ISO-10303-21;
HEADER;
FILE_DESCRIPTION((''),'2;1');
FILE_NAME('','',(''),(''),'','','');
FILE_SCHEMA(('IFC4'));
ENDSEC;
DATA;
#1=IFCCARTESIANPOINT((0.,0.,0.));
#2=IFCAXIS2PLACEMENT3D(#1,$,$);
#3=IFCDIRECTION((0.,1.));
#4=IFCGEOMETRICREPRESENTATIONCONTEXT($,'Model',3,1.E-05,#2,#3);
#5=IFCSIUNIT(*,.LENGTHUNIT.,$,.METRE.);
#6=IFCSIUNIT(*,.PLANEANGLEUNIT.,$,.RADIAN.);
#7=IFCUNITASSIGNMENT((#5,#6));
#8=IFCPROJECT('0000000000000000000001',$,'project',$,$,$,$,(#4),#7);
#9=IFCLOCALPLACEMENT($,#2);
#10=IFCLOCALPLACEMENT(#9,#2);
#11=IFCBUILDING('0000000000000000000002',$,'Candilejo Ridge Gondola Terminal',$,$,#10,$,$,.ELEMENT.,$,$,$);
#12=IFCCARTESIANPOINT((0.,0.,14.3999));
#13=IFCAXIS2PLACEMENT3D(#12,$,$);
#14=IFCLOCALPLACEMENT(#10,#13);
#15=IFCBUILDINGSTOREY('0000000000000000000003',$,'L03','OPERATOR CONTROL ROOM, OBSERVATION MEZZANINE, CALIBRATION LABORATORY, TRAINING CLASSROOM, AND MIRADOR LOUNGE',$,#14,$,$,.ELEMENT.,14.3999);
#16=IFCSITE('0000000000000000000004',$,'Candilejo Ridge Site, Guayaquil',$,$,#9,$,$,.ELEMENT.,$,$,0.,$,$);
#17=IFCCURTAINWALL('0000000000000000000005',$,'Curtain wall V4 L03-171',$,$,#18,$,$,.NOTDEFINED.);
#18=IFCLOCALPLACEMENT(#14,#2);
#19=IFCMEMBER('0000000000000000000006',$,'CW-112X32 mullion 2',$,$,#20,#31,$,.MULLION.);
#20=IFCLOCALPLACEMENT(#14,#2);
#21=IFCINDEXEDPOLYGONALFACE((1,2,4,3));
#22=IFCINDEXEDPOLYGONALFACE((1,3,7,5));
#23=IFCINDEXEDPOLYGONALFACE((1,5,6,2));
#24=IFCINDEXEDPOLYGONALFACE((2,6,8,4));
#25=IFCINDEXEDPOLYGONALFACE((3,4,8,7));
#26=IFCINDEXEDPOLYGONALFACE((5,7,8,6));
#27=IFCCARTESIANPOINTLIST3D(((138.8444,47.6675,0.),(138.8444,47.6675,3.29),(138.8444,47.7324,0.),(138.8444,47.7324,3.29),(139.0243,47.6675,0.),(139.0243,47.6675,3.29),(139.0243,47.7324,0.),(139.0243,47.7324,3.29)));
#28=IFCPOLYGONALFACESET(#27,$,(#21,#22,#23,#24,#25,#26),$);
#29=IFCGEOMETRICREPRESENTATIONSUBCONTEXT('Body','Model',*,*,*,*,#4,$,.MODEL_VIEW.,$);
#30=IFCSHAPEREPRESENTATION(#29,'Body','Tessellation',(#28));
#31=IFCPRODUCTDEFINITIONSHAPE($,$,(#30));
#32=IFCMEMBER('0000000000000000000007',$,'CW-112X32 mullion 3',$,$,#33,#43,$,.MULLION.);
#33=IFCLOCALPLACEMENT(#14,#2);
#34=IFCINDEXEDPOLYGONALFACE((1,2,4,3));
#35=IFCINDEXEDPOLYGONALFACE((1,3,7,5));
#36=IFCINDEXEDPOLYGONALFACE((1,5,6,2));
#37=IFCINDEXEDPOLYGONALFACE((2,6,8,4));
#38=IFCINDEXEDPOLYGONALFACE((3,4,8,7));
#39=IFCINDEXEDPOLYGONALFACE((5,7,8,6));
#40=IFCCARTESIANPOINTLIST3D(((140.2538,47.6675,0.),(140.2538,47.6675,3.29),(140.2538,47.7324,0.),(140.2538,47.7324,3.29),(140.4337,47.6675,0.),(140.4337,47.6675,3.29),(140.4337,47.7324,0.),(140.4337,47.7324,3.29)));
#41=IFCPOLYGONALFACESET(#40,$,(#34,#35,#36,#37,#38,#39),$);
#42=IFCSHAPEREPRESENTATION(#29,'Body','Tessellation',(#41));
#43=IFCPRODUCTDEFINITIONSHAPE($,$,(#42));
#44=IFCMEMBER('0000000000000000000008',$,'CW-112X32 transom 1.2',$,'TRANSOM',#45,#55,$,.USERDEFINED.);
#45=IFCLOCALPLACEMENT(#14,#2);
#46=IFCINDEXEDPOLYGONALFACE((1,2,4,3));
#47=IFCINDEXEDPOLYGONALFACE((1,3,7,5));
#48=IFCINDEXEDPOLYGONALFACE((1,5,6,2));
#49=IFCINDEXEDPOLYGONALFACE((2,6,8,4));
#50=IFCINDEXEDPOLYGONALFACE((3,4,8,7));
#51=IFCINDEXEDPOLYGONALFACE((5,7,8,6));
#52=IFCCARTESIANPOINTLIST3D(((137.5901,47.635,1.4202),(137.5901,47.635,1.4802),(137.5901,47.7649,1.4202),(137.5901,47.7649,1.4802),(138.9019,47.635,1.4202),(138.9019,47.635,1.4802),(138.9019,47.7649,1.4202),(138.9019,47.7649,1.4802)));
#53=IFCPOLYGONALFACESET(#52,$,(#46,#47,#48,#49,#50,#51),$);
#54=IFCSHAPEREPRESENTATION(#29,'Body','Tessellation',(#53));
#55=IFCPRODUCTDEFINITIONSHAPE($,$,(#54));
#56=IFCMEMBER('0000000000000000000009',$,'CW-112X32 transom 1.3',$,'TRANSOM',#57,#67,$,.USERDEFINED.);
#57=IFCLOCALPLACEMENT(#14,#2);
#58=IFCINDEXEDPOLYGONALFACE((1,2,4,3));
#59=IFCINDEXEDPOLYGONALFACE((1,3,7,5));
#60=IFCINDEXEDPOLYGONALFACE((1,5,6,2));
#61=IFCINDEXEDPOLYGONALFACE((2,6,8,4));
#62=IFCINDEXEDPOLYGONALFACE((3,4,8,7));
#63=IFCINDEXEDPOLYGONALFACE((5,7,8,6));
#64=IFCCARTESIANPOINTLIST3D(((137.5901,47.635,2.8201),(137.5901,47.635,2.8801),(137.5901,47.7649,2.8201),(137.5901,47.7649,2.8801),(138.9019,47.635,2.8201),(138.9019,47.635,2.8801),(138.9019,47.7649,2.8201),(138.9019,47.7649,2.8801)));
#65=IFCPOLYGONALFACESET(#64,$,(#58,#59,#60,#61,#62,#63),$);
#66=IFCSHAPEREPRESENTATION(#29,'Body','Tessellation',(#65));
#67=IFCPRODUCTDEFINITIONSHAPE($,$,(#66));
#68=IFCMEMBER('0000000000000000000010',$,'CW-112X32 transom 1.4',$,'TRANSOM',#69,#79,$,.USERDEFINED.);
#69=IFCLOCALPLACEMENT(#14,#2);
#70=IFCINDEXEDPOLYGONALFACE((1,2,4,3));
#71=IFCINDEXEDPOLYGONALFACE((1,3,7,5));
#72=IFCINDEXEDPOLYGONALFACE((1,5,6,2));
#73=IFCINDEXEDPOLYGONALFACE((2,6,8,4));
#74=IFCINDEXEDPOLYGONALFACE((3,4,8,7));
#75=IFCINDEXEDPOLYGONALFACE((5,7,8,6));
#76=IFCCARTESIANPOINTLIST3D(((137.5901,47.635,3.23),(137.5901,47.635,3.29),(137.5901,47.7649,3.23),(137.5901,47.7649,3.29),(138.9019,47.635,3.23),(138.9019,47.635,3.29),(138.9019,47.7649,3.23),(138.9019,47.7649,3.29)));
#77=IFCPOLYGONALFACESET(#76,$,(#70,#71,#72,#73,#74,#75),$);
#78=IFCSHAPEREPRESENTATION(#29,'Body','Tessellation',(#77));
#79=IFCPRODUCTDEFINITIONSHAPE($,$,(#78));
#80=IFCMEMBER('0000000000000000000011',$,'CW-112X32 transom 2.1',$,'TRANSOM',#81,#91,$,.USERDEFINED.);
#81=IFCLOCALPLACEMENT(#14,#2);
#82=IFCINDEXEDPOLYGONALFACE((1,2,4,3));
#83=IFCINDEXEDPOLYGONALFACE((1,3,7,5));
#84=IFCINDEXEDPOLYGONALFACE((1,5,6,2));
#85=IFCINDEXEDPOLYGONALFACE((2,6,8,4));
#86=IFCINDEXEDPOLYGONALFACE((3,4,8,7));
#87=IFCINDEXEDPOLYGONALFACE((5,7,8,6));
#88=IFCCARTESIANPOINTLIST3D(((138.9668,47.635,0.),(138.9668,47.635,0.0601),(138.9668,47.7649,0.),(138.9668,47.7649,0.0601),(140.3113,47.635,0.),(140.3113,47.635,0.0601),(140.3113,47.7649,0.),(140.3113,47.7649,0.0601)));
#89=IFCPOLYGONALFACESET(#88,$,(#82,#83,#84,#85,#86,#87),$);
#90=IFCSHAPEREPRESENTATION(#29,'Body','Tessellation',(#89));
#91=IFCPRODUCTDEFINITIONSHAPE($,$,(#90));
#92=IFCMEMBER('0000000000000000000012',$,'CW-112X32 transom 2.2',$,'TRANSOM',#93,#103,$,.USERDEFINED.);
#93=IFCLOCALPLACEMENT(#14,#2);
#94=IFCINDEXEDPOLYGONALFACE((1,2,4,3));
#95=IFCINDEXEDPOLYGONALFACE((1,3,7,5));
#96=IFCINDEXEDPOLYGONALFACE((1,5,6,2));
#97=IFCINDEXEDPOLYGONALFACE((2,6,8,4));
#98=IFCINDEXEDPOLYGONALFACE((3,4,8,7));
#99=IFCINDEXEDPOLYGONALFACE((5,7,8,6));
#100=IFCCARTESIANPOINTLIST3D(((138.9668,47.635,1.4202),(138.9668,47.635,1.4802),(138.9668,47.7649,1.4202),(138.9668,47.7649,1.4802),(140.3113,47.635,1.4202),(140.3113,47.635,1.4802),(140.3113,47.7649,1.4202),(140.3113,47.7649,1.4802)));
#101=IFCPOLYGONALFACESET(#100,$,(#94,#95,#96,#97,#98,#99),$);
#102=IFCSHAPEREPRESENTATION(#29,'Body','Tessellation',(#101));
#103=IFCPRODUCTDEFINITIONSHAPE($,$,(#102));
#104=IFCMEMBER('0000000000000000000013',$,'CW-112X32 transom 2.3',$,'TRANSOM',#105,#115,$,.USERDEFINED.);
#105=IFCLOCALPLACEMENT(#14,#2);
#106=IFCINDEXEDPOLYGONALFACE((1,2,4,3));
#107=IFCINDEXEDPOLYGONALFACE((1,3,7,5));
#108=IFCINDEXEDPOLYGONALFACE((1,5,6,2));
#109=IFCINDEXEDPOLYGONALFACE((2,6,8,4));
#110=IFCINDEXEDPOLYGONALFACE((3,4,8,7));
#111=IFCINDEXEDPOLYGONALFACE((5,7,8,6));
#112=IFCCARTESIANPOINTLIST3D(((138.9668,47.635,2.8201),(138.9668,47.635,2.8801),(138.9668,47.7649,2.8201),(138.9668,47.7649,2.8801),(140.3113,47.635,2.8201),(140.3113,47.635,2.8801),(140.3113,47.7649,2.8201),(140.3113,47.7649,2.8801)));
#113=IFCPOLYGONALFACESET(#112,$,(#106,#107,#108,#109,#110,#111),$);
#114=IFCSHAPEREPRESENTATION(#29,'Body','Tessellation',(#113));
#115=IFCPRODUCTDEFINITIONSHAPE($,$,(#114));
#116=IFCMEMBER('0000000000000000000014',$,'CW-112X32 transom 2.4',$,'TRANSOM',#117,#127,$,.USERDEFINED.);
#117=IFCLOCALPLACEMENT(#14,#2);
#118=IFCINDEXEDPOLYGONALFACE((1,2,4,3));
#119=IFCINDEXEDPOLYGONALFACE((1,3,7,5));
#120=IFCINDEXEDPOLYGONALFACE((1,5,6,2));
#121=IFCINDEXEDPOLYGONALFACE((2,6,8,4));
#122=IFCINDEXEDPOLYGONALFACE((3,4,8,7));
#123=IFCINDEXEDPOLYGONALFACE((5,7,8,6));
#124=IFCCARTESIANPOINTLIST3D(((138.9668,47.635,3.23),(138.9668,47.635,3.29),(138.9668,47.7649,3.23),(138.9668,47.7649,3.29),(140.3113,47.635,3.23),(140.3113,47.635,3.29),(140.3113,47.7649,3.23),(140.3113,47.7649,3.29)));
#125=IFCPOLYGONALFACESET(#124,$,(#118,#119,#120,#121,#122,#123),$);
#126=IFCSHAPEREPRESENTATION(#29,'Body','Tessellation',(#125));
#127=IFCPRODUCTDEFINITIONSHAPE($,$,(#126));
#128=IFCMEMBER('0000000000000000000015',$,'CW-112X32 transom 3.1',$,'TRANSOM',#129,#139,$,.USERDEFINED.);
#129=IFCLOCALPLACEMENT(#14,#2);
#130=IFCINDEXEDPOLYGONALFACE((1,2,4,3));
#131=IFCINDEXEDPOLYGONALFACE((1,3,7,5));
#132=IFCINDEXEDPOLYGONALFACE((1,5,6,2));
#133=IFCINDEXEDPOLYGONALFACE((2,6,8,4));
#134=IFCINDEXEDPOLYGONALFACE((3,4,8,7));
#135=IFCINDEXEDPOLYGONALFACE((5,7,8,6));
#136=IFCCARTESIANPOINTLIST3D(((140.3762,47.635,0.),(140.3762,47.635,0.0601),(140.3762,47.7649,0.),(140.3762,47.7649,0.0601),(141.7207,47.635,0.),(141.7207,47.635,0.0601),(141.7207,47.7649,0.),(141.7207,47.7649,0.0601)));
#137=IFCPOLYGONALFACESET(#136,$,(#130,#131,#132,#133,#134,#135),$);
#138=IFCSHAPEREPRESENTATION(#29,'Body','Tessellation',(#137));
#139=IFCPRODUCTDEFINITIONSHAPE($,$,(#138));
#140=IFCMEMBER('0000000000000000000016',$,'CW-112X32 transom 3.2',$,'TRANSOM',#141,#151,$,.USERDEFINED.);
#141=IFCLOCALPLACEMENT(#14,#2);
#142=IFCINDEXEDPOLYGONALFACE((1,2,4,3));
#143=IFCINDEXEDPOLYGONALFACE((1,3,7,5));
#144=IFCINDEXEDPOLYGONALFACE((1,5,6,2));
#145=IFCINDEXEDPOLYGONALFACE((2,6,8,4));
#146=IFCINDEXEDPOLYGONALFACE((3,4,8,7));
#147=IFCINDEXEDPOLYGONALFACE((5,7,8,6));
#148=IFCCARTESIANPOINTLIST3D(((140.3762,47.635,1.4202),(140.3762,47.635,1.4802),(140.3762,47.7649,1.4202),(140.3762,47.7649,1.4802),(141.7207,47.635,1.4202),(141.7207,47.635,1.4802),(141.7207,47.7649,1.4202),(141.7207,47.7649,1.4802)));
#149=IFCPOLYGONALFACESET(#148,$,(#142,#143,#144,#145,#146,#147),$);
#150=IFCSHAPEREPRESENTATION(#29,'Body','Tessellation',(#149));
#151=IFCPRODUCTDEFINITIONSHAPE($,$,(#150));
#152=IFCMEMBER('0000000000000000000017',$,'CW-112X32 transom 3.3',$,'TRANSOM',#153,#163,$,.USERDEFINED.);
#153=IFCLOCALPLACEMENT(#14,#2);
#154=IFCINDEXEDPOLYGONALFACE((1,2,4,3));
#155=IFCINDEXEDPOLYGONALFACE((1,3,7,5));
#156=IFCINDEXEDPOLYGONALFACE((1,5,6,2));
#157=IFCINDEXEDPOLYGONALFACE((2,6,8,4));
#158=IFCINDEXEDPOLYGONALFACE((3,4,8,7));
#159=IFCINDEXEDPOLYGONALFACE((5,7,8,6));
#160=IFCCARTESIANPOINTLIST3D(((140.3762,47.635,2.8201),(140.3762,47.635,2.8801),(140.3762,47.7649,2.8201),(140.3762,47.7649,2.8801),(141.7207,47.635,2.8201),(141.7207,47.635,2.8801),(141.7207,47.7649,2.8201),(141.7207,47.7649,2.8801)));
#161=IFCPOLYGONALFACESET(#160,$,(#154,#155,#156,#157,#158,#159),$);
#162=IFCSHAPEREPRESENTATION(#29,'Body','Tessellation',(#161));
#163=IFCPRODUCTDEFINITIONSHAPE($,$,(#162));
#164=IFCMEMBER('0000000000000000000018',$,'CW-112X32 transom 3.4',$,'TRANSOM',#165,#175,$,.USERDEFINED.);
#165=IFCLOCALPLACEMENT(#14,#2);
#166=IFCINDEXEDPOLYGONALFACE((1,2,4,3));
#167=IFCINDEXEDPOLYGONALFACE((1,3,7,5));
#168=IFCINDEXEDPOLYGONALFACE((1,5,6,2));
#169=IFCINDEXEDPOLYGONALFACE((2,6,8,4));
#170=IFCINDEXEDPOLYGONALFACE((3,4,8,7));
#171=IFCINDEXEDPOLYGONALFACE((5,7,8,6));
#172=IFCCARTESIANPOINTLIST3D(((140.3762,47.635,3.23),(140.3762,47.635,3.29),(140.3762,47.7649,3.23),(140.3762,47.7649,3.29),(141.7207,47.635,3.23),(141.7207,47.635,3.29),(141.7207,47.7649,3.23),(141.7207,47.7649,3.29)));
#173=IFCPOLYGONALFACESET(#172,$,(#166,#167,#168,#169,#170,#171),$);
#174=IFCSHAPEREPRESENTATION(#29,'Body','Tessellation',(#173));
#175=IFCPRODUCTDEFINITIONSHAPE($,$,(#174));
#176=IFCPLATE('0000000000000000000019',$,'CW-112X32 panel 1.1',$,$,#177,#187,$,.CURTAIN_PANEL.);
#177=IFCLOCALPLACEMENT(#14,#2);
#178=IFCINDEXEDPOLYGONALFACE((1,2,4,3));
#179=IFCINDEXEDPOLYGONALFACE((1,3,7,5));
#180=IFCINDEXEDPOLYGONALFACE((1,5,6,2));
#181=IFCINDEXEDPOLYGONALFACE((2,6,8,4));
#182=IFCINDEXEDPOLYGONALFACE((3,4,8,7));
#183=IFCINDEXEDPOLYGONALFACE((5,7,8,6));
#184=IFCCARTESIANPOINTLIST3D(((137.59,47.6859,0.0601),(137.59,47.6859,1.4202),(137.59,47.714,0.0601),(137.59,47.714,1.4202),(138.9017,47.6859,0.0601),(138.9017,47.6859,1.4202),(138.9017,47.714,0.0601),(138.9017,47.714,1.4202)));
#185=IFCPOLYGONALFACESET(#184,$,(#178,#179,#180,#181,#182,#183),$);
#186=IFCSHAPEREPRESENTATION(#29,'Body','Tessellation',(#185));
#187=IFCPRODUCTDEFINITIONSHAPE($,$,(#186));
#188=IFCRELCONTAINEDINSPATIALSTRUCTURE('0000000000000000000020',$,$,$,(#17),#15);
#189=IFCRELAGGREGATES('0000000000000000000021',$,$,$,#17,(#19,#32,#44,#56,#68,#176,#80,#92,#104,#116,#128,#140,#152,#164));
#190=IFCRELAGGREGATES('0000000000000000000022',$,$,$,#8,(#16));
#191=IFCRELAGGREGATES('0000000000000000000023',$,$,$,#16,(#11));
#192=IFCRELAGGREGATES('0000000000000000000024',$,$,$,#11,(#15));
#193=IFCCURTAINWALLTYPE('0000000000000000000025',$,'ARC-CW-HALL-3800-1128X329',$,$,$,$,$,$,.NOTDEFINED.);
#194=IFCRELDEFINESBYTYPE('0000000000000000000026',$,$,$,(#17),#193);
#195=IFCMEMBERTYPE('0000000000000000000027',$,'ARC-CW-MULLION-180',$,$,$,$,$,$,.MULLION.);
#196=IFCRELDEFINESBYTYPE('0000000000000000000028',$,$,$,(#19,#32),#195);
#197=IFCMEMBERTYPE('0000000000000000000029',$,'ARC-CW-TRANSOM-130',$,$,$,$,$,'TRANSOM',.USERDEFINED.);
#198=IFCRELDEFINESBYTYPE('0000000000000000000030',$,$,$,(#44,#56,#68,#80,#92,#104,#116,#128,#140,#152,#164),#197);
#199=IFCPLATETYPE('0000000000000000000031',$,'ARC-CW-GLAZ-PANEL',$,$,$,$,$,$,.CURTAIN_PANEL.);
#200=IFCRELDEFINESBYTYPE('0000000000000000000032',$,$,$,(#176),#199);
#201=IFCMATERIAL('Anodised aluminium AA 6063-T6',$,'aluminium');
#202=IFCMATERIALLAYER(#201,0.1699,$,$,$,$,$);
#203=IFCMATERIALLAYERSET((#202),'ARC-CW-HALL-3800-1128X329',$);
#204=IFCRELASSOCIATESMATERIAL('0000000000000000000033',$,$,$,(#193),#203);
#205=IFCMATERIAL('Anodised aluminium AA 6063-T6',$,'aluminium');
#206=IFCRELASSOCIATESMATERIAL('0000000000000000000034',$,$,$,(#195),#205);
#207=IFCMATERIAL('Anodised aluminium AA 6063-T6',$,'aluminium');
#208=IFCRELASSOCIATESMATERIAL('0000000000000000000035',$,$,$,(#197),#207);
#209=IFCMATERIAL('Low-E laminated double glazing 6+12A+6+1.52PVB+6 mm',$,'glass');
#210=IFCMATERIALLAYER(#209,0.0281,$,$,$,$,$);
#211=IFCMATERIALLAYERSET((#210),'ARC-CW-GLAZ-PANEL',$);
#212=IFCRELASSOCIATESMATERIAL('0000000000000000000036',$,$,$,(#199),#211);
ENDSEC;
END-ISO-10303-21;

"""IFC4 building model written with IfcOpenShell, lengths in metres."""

from ifc_helpers import new_model, si_unit, direction, frame, origin, origin_2d, place, context, subcontext, project, spatial, rectangle, extrude, material, layer, layer_set, material_profile, profile_set, type_object, element, aggregate, save


model = new_model("IFC4")

# Units and contexts
model_context = context("Model", 3, precision=1e-05, world=origin(), true_north=direction((0.0, 1.0)))
body_context = subcontext(model_context, "Body", "Model", "MODEL_VIEW")
ifc_project = project(units=[si_unit("LENGTHUNIT", "METRE"), si_unit("PLANEANGLEUNIT", "RADIAN")], contexts=[model_context])

# Site, building, storey
site_placement = place(None, origin())
site = spatial("IfcSite", under=ifc_project, at=site_placement, Name="Candilejo Ridge Site, Guayaquil", CompositionType="ELEMENT", RefElevation=0.0)
building_placement = place(site_placement, origin())
building = spatial("IfcBuilding", under=site, at=building_placement, Name="Candilejo Ridge Gondola Terminal", CompositionType="ELEMENT")
storey_placement = place(building_placement, frame((0.0, 0.0, 14.3999)))
storey = spatial("IfcBuildingStorey", under=building, at=storey_placement, Name="L03", Description="OPERATOR CONTROL ROOM, OBSERVATION MEZZANINE, CALIBRATION LABORATORY, TRAINING CLASSROOM, AND MIRADOR LOUNGE", CompositionType="ELEMENT", Elevation=14.3999)

# Curtain wall, members, plate
ifc_material_1 = material(Name="Anodised aluminium AA 6063-T6", Category="aluminium")
ifc_layer_1 = layer(ifc_material_1, 0.1699)
ifc_layer_set_1 = layer_set([ifc_layer_1], Name="ARC-CW-HALL-3800-1128X329")
curtain_wall_type = type_object("IfcCurtainWallType", Name="ARC-CW-HALL-3800-1128X329", PredefinedType="NOTDEFINED", material=ifc_layer_set_1)
curtain_wall_placement = place(storey_placement, origin())
curtain_wall = element("IfcCurtainWall", 1, at=curtain_wall_placement, inside=storey, type_object=curtain_wall_type, Name="Curtain wall V4 L03-171", PredefinedType="NOTDEFINED")
ifc_material_2 = material(Name="Anodised aluminium AA 6063-T6", Category="aluminium")
ifc_material_profile_1 = material_profile(ifc_material_2, rectangle(XDim=0.0649, YDim=0.1799, at=origin_2d()))
ifc_profile_set_1 = profile_set([ifc_material_profile_1], Name="Anodised aluminium AA 6063-T6")
member_type_1 = type_object("IfcMemberType", Name="ARC-CW-MULLION-180", PredefinedType="MULLION", material=ifc_profile_set_1)
member_1_placement = place(storey_placement, frame((138.9343, 47.7, 0.0), z_axis=(0.0, 0.0, 1.0), x_axis=(0.0, 1.0, 0.0)))
member_1 = element("IfcMember", 2, at=member_1_placement, type_object=member_type_1, Name="CW-112X32 mullion 2", PredefinedType="MULLION", context=body_context, shape_type="SweptSolid", body=[
    extrude(rectangle(XDim=0.0649, YDim=0.1799, at=origin_2d()), origin(), (0.0, 0.0, 1.0), 3.29),
])
member_2_placement = place(storey_placement, frame((140.3438, 47.7, 0.0), z_axis=(0.0, 0.0, 1.0), x_axis=(0.0, 1.0, 0.0)))
member_2 = element("IfcMember", 3, at=member_2_placement, type_object=member_type_1, Name="CW-112X32 mullion 3", PredefinedType="MULLION", context=body_context, shape_type="SweptSolid", body=[
    extrude(rectangle(XDim=0.0649, YDim=0.1799, at=origin_2d()), origin(), (0.0, 0.0, 1.0), 3.29),
])
ifc_material_3 = material(Name="Anodised aluminium AA 6063-T6", Category="aluminium")
ifc_material_profile_2 = material_profile(ifc_material_3, rectangle(XDim=0.1299, YDim=0.0601, at=origin_2d()))
ifc_profile_set_2 = profile_set([ifc_material_profile_2], Name="Anodised aluminium AA 6063-T6")
member_type_2 = type_object("IfcMemberType", Name="ARC-CW-TRANSOM-130", ElementType="TRANSOM", PredefinedType="USERDEFINED", material=ifc_profile_set_2)
member_3_placement = place(storey_placement, frame((137.5901, 47.7, 1.4502), z_axis=(1.0, 0.0, 0.0), x_axis=(0.0, 1.0, 0.0)))
member_3 = element("IfcMember", 4, at=member_3_placement, type_object=member_type_2, Name="CW-112X32 transom 1.2", ObjectType="TRANSOM", PredefinedType="USERDEFINED", context=body_context, shape_type="SweptSolid", body=[
    extrude(rectangle(XDim=0.1299, YDim=0.0601, at=origin_2d()), origin(), (0.0, 0.0, 1.0), 1.3118),
])
member_4_placement = place(storey_placement, frame((137.5901, 47.7, 2.8501), z_axis=(1.0, 0.0, 0.0), x_axis=(0.0, 1.0, 0.0)))
member_4 = element("IfcMember", 5, at=member_4_placement, type_object=member_type_2, Name="CW-112X32 transom 1.3", ObjectType="TRANSOM", PredefinedType="USERDEFINED", context=body_context, shape_type="SweptSolid", body=[
    extrude(rectangle(XDim=0.1299, YDim=0.0601, at=origin_2d()), origin(), (0.0, 0.0, 1.0), 1.3118),
])
member_5_placement = place(storey_placement, frame((137.5901, 47.7, 3.26), z_axis=(1.0, 0.0, 0.0), x_axis=(0.0, 1.0, 0.0)))
member_5 = element("IfcMember", 6, at=member_5_placement, type_object=member_type_2, Name="CW-112X32 transom 1.4", ObjectType="TRANSOM", PredefinedType="USERDEFINED", context=body_context, shape_type="SweptSolid", body=[
    extrude(rectangle(XDim=0.1299, YDim=0.0601, at=origin_2d()), origin(), (0.0, 0.0, 1.0), 1.3118),
])
member_6_placement = place(storey_placement, frame((138.9668, 47.7, 0.03), z_axis=(1.0, 0.0, 0.0), x_axis=(0.0, 1.0, 0.0)))
member_6 = element("IfcMember", 7, at=member_6_placement, type_object=member_type_2, Name="CW-112X32 transom 2.1", ObjectType="TRANSOM", PredefinedType="USERDEFINED", context=body_context, shape_type="SweptSolid", body=[
    extrude(rectangle(XDim=0.1299, YDim=0.0601, at=origin_2d()), origin(), (0.0, 0.0, 1.0), 1.3445),
])
member_7_placement = place(storey_placement, frame((138.9668, 47.7, 1.4502), z_axis=(1.0, 0.0, 0.0), x_axis=(0.0, 1.0, 0.0)))
member_7 = element("IfcMember", 8, at=member_7_placement, type_object=member_type_2, Name="CW-112X32 transom 2.2", ObjectType="TRANSOM", PredefinedType="USERDEFINED", context=body_context, shape_type="SweptSolid", body=[
    extrude(rectangle(XDim=0.1299, YDim=0.0601, at=origin_2d()), origin(), (0.0, 0.0, 1.0), 1.3445),
])
member_8_placement = place(storey_placement, frame((138.9668, 47.7, 2.8501), z_axis=(1.0, 0.0, 0.0), x_axis=(0.0, 1.0, 0.0)))
member_8 = element("IfcMember", 9, at=member_8_placement, type_object=member_type_2, Name="CW-112X32 transom 2.3", ObjectType="TRANSOM", PredefinedType="USERDEFINED", context=body_context, shape_type="SweptSolid", body=[
    extrude(rectangle(XDim=0.1299, YDim=0.0601, at=origin_2d()), origin(), (0.0, 0.0, 1.0), 1.3445),
])
member_9_placement = place(storey_placement, frame((138.9668, 47.7, 3.26), z_axis=(1.0, 0.0, 0.0), x_axis=(0.0, 1.0, 0.0)))
member_9 = element("IfcMember", 10, at=member_9_placement, type_object=member_type_2, Name="CW-112X32 transom 2.4", ObjectType="TRANSOM", PredefinedType="USERDEFINED", context=body_context, shape_type="SweptSolid", body=[
    extrude(rectangle(XDim=0.1299, YDim=0.0601, at=origin_2d()), origin(), (0.0, 0.0, 1.0), 1.3445),
])
member_10_placement = place(storey_placement, frame((140.3762, 47.7, 0.03), z_axis=(1.0, 0.0, 0.0), x_axis=(0.0, 1.0, 0.0)))
member_10 = element("IfcMember", 11, at=member_10_placement, type_object=member_type_2, Name="CW-112X32 transom 3.1", ObjectType="TRANSOM", PredefinedType="USERDEFINED", context=body_context, shape_type="SweptSolid", body=[
    extrude(rectangle(XDim=0.1299, YDim=0.0601, at=origin_2d()), origin(), (0.0, 0.0, 1.0), 1.3445),
])
member_11_placement = place(storey_placement, frame((140.3762, 47.7, 1.4502), z_axis=(1.0, 0.0, 0.0), x_axis=(0.0, 1.0, 0.0)))
member_11 = element("IfcMember", 12, at=member_11_placement, type_object=member_type_2, Name="CW-112X32 transom 3.2", ObjectType="TRANSOM", PredefinedType="USERDEFINED", context=body_context, shape_type="SweptSolid", body=[
    extrude(rectangle(XDim=0.1299, YDim=0.0601, at=origin_2d()), origin(), (0.0, 0.0, 1.0), 1.3445),
])
member_12_placement = place(storey_placement, frame((140.3762, 47.7, 2.8501), z_axis=(1.0, 0.0, 0.0), x_axis=(0.0, 1.0, 0.0)))
member_12 = element("IfcMember", 13, at=member_12_placement, type_object=member_type_2, Name="CW-112X32 transom 3.3", ObjectType="TRANSOM", PredefinedType="USERDEFINED", context=body_context, shape_type="SweptSolid", body=[
    extrude(rectangle(XDim=0.1299, YDim=0.0601, at=origin_2d()), origin(), (0.0, 0.0, 1.0), 1.3445),
])
member_13_placement = place(storey_placement, frame((140.3762, 47.7, 3.26), z_axis=(1.0, 0.0, 0.0), x_axis=(0.0, 1.0, 0.0)))
member_13 = element("IfcMember", 14, at=member_13_placement, type_object=member_type_2, Name="CW-112X32 transom 3.4", ObjectType="TRANSOM", PredefinedType="USERDEFINED", context=body_context, shape_type="SweptSolid", body=[
    extrude(rectangle(XDim=0.1299, YDim=0.0601, at=origin_2d()), origin(), (0.0, 0.0, 1.0), 1.3445),
])
ifc_material_4 = material(Name="Low-E laminated double glazing 6+12A+6+1.52PVB+6 mm", Category="glass")
ifc_layer_2 = layer(ifc_material_4, 0.0281)
ifc_layer_set_2 = layer_set([ifc_layer_2], Name="ARC-CW-GLAZ-PANEL")
plate_type = type_object("IfcPlateType", Name="ARC-CW-GLAZ-PANEL", PredefinedType="CURTAIN_PANEL", material=ifc_layer_set_2)
plate_1_placement = place(storey_placement, frame((138.2458, 47.7, 0.0601), z_axis=(0.0, 0.0, 1.0), x_axis=(1.0, 0.0, 0.0)))
plate_1 = element("IfcPlate", 15, at=plate_1_placement, type_object=plate_type, Name="CW-112X32 panel 1.1", PredefinedType="CURTAIN_PANEL", context=body_context, shape_type="SweptSolid", body=[
    extrude(rectangle(XDim=1.3118, YDim=0.0281, at=origin_2d()), origin(), (0.0, 0.0, 1.0), 1.3601),
])
aggregate(curtain_wall, [member_1, member_2, member_3, member_4, member_5, plate_1, member_6, member_7, member_8, member_9, member_10, member_11, member_12, member_13])

save(model, "model.ifc")
